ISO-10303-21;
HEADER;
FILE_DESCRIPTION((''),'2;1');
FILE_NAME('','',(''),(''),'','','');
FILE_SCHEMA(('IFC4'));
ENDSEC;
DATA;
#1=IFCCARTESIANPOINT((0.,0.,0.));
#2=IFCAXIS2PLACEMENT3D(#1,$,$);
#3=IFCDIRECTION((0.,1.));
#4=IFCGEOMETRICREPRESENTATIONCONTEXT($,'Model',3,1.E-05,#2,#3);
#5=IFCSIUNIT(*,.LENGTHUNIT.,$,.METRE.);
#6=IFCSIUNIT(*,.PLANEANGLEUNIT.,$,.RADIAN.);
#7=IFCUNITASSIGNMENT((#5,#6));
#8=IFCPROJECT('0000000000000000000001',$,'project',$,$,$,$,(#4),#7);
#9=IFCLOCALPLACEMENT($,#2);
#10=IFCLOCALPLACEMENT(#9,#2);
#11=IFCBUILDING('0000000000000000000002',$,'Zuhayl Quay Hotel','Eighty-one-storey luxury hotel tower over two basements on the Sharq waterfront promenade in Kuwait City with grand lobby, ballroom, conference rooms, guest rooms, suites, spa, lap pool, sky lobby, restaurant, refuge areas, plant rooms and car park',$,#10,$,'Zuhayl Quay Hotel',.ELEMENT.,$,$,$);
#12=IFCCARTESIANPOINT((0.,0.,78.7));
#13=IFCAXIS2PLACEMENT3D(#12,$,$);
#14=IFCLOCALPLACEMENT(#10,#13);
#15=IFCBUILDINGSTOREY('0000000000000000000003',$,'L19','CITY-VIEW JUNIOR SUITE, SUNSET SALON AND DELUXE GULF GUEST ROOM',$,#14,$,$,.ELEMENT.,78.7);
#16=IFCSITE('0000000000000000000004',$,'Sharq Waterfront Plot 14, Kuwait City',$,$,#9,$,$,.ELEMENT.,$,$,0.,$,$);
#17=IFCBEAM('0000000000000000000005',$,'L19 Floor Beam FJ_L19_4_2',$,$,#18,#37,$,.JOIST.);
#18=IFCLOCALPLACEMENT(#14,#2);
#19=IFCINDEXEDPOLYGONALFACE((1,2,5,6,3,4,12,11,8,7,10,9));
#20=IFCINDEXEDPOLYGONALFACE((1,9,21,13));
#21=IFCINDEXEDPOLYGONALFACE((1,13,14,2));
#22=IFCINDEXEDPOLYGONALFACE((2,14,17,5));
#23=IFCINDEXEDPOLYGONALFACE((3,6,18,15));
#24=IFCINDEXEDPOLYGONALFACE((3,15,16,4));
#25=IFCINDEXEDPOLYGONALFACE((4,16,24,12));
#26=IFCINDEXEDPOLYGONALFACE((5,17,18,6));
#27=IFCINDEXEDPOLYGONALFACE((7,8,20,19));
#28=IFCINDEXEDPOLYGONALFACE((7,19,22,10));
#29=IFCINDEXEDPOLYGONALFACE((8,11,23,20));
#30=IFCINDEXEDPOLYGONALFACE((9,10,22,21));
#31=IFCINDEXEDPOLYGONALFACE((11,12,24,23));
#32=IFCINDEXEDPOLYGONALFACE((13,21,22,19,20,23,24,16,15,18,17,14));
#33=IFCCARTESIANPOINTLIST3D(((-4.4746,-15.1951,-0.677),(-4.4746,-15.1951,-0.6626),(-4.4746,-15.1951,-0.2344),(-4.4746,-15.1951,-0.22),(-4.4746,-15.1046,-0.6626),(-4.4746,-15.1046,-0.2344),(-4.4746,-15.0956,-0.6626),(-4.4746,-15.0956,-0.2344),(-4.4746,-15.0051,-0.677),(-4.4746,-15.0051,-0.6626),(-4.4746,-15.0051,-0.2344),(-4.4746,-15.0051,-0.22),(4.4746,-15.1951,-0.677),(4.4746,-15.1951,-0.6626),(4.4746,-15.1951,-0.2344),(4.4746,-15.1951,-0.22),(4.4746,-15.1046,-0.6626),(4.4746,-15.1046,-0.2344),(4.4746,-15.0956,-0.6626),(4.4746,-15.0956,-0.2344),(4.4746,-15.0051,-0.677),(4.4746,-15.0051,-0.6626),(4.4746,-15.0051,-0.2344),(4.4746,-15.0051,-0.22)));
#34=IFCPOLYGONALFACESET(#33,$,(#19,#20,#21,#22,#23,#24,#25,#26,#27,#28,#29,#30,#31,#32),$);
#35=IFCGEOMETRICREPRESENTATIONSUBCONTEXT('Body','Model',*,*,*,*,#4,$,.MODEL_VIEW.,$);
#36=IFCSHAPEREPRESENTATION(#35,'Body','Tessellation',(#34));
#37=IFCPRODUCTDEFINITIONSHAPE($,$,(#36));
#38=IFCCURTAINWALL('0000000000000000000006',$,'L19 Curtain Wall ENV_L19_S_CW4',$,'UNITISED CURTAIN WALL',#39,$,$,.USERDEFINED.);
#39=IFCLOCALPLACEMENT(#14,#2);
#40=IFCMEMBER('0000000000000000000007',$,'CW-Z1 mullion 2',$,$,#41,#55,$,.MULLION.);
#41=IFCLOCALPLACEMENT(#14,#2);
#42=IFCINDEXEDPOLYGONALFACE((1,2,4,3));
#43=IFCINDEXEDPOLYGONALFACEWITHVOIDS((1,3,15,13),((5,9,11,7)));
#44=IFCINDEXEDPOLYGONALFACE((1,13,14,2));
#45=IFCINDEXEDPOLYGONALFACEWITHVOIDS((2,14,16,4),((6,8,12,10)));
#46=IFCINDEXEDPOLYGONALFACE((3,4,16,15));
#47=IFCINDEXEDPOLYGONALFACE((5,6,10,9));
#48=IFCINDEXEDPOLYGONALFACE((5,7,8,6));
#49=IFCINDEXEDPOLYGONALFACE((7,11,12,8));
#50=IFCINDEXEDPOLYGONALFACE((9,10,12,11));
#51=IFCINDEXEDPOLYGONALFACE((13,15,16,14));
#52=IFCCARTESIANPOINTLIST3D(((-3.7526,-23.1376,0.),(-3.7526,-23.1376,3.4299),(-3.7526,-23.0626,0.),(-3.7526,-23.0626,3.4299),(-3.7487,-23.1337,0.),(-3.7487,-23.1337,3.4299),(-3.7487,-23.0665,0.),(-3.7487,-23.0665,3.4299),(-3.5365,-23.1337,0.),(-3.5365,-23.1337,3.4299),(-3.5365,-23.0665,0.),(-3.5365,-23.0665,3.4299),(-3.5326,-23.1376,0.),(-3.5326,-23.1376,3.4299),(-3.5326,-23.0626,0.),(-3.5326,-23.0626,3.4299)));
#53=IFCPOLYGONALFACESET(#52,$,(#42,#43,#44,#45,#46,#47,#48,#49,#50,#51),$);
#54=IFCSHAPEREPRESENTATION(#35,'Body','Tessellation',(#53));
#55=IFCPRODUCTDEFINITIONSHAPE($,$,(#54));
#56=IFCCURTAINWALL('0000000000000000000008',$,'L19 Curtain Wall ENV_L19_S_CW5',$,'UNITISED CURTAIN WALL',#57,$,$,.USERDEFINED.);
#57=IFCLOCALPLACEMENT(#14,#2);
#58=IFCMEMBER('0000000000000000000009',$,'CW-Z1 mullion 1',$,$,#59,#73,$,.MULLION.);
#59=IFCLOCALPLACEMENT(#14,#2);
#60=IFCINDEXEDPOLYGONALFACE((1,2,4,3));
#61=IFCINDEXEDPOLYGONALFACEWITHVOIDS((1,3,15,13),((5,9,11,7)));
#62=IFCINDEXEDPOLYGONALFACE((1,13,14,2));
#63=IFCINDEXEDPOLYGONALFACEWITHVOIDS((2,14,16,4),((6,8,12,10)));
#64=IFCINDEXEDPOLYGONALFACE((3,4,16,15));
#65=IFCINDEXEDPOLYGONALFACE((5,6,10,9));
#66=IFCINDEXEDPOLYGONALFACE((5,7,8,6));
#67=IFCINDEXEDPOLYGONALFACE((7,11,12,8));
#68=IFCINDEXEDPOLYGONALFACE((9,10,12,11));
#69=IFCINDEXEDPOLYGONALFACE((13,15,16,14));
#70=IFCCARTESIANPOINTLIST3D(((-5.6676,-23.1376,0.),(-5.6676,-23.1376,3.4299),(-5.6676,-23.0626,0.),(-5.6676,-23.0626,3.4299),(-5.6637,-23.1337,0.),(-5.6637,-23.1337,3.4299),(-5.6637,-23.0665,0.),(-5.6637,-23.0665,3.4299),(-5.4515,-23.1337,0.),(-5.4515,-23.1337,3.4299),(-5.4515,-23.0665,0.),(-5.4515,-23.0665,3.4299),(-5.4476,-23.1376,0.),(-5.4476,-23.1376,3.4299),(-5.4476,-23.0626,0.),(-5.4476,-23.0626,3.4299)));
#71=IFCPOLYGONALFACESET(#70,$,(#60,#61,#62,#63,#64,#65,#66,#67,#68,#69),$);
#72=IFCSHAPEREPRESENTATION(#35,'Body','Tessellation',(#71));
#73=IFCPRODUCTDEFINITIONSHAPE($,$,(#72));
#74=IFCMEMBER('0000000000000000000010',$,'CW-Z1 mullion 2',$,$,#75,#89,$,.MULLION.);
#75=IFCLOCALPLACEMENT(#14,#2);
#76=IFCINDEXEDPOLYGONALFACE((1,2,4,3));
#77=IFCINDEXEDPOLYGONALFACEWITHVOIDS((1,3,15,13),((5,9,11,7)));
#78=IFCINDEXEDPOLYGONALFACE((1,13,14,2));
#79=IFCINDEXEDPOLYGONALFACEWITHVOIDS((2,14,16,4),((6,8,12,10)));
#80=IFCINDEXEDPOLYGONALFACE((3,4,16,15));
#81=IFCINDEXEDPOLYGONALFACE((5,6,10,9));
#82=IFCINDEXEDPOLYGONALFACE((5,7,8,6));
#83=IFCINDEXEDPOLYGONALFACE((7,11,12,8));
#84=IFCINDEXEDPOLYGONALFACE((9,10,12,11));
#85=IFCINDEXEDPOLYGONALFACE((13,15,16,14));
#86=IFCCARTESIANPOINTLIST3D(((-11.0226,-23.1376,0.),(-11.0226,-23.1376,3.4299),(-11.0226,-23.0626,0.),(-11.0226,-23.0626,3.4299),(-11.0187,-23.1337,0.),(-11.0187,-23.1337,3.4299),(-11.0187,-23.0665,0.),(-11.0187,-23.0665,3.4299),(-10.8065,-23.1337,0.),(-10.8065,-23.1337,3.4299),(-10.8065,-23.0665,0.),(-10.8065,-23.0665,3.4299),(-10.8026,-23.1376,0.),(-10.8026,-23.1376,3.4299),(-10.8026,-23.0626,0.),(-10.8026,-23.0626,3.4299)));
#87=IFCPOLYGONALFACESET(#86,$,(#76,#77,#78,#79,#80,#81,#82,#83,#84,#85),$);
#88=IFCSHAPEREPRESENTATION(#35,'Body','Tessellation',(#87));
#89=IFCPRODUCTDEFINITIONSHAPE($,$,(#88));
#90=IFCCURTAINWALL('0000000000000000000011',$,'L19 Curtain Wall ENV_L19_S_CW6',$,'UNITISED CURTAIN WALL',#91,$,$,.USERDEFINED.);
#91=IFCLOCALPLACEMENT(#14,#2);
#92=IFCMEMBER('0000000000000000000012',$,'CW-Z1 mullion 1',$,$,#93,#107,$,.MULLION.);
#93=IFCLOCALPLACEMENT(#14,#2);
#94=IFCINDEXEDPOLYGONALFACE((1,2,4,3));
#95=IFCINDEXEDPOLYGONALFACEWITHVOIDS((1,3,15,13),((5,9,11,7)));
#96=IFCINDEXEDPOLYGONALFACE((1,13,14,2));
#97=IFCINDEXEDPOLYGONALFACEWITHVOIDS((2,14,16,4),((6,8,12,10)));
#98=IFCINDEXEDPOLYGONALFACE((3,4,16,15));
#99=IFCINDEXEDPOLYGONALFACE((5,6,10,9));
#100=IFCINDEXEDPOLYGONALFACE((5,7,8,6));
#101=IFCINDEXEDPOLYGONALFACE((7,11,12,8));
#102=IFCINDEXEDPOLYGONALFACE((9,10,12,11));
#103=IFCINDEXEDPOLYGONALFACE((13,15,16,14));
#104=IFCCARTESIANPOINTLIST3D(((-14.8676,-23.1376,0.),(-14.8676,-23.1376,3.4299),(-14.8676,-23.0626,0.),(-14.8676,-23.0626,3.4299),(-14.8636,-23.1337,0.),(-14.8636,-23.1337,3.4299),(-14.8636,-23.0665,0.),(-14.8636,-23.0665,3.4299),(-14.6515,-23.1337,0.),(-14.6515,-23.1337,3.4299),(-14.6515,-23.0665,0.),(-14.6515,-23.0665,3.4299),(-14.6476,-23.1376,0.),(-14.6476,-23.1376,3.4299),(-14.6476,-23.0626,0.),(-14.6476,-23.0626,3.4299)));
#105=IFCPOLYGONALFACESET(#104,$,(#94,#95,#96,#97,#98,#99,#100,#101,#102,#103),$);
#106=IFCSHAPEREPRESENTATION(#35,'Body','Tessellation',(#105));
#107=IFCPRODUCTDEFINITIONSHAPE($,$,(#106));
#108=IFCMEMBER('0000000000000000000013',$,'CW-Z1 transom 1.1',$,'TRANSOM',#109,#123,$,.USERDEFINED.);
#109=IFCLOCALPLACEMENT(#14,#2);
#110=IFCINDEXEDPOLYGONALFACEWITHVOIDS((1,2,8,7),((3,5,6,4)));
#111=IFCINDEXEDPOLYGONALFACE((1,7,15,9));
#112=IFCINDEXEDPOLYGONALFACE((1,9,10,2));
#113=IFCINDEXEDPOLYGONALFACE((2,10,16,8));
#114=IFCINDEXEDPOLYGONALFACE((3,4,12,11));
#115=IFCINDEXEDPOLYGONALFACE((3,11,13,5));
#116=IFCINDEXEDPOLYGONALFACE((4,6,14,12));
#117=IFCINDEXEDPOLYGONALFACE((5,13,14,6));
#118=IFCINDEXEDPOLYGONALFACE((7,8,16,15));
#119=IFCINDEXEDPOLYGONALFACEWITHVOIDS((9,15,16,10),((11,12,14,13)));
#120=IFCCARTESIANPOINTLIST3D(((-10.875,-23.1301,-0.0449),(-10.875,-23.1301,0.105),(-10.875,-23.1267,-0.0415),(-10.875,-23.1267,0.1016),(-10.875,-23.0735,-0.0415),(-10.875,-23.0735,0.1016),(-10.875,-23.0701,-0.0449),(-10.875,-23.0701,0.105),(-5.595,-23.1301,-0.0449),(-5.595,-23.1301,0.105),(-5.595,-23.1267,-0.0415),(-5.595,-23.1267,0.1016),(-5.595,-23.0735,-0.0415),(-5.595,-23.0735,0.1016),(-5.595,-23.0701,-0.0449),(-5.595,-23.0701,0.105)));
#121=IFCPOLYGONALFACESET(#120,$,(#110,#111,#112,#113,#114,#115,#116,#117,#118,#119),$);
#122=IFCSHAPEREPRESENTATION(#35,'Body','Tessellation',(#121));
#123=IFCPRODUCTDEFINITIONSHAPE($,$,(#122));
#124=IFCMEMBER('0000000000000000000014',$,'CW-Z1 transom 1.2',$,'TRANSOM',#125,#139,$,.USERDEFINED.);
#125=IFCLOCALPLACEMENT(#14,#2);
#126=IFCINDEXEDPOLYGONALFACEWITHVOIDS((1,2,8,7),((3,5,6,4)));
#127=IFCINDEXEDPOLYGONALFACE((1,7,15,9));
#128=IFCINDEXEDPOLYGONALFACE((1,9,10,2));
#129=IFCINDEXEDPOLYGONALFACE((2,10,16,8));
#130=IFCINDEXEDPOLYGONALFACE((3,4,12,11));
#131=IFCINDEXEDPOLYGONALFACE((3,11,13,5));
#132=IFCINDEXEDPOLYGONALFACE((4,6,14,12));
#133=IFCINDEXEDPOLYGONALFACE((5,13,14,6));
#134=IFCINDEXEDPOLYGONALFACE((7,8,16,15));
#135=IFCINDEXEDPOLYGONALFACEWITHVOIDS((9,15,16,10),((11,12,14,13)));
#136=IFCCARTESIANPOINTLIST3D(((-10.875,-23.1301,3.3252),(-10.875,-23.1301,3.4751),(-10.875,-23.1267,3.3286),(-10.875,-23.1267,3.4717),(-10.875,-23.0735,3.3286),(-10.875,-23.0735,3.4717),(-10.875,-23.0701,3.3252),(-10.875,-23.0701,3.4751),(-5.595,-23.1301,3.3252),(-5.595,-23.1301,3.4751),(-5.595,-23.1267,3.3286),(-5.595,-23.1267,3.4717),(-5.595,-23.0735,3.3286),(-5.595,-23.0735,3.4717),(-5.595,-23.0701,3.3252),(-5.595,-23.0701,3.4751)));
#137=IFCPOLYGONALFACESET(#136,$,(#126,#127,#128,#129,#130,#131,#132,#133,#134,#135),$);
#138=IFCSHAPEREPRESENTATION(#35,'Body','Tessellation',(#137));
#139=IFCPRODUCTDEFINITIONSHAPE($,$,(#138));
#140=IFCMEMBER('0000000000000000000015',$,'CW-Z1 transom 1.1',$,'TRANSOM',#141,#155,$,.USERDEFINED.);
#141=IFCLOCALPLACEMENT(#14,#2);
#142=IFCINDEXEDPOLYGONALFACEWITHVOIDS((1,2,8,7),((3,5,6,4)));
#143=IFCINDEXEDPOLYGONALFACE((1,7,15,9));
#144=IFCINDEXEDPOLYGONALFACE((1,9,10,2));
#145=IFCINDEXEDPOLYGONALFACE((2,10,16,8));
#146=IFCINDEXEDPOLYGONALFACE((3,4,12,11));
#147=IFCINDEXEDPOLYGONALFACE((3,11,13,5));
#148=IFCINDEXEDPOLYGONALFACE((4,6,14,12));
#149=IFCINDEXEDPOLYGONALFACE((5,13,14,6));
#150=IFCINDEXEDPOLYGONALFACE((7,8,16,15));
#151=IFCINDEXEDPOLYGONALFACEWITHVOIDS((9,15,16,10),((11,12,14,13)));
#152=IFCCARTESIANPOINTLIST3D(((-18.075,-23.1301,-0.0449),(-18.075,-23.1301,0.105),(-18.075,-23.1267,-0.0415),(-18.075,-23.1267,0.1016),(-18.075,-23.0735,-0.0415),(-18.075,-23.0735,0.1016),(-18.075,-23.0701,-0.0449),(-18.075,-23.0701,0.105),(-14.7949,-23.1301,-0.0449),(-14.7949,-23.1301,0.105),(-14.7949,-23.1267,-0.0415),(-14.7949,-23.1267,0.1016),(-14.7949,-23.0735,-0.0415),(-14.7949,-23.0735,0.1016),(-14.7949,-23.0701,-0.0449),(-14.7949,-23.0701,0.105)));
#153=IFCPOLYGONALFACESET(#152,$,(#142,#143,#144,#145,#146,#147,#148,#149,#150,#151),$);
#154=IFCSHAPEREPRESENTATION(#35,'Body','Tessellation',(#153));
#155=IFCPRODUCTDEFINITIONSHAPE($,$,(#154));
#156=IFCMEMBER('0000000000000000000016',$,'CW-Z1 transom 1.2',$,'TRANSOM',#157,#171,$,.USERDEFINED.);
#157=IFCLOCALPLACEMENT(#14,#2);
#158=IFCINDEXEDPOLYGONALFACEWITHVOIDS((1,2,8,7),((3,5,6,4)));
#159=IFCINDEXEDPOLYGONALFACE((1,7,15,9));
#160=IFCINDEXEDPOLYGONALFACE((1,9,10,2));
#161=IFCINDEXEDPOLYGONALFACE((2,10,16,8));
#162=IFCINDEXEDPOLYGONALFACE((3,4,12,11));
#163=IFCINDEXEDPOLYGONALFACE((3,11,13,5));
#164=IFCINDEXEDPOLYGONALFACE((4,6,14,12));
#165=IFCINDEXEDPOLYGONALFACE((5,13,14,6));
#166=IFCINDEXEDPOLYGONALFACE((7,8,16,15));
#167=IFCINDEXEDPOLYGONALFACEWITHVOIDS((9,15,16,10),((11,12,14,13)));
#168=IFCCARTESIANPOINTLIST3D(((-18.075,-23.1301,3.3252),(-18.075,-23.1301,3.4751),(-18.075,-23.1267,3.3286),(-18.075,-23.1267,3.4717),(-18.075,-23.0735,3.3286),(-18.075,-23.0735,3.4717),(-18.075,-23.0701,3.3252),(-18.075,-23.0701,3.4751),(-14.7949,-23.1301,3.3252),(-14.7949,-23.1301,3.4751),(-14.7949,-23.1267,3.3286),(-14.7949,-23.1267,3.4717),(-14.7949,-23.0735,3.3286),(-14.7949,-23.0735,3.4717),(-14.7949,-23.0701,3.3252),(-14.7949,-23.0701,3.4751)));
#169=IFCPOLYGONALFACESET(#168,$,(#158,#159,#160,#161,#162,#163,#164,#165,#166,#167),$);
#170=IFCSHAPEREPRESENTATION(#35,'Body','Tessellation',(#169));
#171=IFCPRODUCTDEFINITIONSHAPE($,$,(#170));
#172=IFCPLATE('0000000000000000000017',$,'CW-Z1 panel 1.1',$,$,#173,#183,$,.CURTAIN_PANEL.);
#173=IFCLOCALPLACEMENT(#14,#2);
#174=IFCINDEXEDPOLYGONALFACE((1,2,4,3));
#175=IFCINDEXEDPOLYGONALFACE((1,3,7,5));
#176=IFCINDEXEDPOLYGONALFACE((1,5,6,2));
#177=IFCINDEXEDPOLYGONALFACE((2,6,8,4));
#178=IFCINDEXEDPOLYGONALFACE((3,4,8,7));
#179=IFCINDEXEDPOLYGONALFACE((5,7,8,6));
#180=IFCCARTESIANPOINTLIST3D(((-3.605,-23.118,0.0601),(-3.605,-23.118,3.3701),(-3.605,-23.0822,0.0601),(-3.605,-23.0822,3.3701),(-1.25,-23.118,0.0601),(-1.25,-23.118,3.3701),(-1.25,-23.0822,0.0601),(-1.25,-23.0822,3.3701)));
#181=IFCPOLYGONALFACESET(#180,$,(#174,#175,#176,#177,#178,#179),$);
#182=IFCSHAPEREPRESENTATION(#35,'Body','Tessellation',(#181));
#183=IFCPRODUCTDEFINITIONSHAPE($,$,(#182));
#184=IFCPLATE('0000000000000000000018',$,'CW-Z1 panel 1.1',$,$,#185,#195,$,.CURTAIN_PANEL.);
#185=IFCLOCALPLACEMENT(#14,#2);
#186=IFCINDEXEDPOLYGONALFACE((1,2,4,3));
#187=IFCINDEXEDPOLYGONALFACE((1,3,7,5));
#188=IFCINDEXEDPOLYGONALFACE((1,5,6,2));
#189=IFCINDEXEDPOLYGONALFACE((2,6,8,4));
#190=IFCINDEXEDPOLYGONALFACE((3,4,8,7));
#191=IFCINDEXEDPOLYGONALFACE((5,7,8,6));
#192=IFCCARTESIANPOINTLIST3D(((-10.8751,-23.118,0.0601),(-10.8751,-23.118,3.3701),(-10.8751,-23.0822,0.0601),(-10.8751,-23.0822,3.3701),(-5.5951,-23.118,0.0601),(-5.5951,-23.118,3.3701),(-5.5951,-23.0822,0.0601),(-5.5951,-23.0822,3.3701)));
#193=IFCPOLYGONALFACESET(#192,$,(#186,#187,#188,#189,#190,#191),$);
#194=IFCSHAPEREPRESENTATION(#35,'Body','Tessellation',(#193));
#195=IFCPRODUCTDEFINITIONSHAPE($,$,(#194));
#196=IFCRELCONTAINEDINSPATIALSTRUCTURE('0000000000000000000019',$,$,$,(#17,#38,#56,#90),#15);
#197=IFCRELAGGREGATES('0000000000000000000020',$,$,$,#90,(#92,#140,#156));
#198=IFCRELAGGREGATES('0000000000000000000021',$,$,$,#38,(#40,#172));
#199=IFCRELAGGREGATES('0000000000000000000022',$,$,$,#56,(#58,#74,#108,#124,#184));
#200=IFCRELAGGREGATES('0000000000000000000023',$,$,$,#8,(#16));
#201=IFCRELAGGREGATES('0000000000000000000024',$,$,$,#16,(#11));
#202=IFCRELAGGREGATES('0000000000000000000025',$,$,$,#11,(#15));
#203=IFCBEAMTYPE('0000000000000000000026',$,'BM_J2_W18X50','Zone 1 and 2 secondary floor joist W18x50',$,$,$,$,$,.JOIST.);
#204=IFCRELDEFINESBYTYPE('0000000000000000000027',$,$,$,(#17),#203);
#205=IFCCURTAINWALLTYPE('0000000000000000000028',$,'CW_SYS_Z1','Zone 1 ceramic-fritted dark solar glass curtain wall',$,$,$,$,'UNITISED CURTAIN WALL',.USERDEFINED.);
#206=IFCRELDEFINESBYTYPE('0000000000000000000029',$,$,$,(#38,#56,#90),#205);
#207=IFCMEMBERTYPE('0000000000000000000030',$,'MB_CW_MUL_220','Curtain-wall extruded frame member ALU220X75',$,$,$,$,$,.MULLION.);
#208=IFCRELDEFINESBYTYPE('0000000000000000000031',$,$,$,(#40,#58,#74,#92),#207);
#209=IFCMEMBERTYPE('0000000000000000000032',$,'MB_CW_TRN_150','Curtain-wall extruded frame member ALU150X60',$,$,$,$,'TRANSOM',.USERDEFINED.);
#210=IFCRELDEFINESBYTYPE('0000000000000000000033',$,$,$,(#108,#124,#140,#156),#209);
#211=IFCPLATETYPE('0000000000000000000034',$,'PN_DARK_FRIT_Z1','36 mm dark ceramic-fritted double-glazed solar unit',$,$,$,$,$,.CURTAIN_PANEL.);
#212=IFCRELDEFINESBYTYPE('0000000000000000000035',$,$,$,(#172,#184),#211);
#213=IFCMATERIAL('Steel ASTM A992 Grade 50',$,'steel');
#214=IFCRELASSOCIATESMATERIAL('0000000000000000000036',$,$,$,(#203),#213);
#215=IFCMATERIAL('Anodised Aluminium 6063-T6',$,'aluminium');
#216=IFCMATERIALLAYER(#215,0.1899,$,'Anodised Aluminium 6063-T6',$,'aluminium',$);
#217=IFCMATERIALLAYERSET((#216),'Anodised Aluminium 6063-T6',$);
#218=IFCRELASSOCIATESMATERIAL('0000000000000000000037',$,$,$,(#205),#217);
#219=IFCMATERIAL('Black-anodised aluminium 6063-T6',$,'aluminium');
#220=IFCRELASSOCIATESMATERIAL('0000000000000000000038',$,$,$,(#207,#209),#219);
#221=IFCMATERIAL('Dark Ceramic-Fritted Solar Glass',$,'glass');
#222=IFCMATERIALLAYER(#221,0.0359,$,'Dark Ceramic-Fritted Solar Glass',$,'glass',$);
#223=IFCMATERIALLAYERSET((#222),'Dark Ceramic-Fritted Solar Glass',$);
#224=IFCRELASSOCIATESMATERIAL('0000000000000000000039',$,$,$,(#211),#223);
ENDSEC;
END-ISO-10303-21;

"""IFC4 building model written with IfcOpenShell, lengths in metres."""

from ifc_helpers import new_model, si_unit, direction, frame, origin, origin_2d, place, context, subcontext, project, spatial, rectangle, hollow_rectangle, i_section, extrude, material, layer, layer_set, material_profile, profile_set, type_object, element, aggregate, save


model = new_model("IFC4")

# Units and contexts
model_context = context("Model", 3, precision=1e-05, world=origin(), true_north=direction((0.0, 1.0)))
body_context = subcontext(model_context, "Body", "Model", "MODEL_VIEW")
ifc_project = project(units=[si_unit("LENGTHUNIT", "METRE"), si_unit("PLANEANGLEUNIT", "RADIAN")], contexts=[model_context])

# Site, building, storey
site_placement = place(None, origin())
site = spatial("IfcSite", under=ifc_project, at=site_placement, Name="Sharq Waterfront Plot 14, Kuwait City", CompositionType="ELEMENT", RefElevation=0.0)
building_placement = place(site_placement, origin())
building = spatial("IfcBuilding", under=site, at=building_placement, Name="Zuhayl Quay Hotel", Description="Eighty-one-storey luxury hotel tower over two basements on the Sharq waterfront promenade in Kuwait City with grand lobby, ballroom, conference rooms, guest rooms, suites, spa, lap pool, sky lobby, restaurant, refuge areas, plant rooms and car park", LongName="Zuhayl Quay Hotel", CompositionType="ELEMENT")
storey_placement = place(building_placement, frame((0.0, 0.0, 78.7)))
storey = spatial("IfcBuildingStorey", under=building, at=storey_placement, Name="L19", Description="CITY-VIEW JUNIOR SUITE, SUNSET SALON AND DELUXE GULF GUEST ROOM", CompositionType="ELEMENT", Elevation=78.7)

# Beam
ifc_material_1 = material(Name="Steel ASTM A992 Grade 50", Category="steel")
ifc_material_profile_1 = material_profile(ifc_material_1, i_section(OverallWidth=0.1899, OverallDepth=0.457, WebThickness=0.009, FlangeThickness=0.0144, at=origin_2d()), Name="W18X50")
ifc_profile_set_1 = profile_set([ifc_material_profile_1], Name="Steel ASTM A992 Grade 50")
beam_type_1 = type_object("IfcBeamType", Name="BM_J2_W18X50", Description="Zone 1 and 2 secondary floor joist W18x50", PredefinedType="JOIST", material=ifc_profile_set_1)
beam_1_placement = place(storey_placement, frame((-4.4746, -15.1001, -0.4485), z_axis=(1.0, 0.0, 0.0), x_axis=(0.0, 1.0, 0.0)))
element("IfcBeam", 1, at=beam_1_placement, inside=storey, type_object=beam_type_1, Name="L19 Floor Beam FJ_L19_4_2", PredefinedType="JOIST", context=body_context, shape_type="SweptSolid", body=[
    extrude(i_section(OverallWidth=0.1899, OverallDepth=0.457, WebThickness=0.009, FlangeThickness=0.0144, at=origin_2d()), origin(), (0.0, 0.0, 1.0), 8.9492),
])

# Curtain wall, member
ifc_material_2 = material(Name="Anodised Aluminium 6063-T6", Category="aluminium")
ifc_layer_1 = layer(ifc_material_2, 0.1899, Name="Anodised Aluminium 6063-T6", Category="aluminium")
ifc_layer_set_1 = layer_set([ifc_layer_1], Name="Anodised Aluminium 6063-T6")
curtain_wall_type = type_object("IfcCurtainWallType", Name="CW_SYS_Z1", Description="Zone 1 ceramic-fritted dark solar glass curtain wall", ElementType="UNITISED CURTAIN WALL", PredefinedType="USERDEFINED", material=ifc_layer_set_1)
curtain_wall_1_placement = place(storey_placement, origin())
curtain_wall_1 = element("IfcCurtainWall", 2, at=curtain_wall_1_placement, inside=storey, type_object=curtain_wall_type, Name="L19 Curtain Wall ENV_L19_S_CW4", ObjectType="UNITISED CURTAIN WALL", PredefinedType="USERDEFINED")
ifc_material_3 = material(Name="Black-anodised aluminium 6063-T6", Category="aluminium")
ifc_material_profile_2 = material_profile(ifc_material_3, hollow_rectangle(XDim=0.075, YDim=0.22, WallThickness=0.0039, at=origin_2d()), Name="ALU220X75")
ifc_profile_set_2 = profile_set([ifc_material_profile_2], Name="Black-anodised aluminium 6063-T6")
member_type_1 = type_object("IfcMemberType", Name="MB_CW_MUL_220", Description="Curtain-wall extruded frame member ALU220X75", PredefinedType="MULLION", material=ifc_profile_set_2)
member_1_placement = place(storey_placement, frame((-3.6426, -23.1001, 0.0), z_axis=(0.0, 0.0, 1.0), x_axis=(0.0, -1.0, 0.0)))
member_1 = element("IfcMember", 3, at=member_1_placement, type_object=member_type_1, Name="CW-Z1 mullion 2", PredefinedType="MULLION", context=body_context, shape_type="SweptSolid", body=[
    extrude(hollow_rectangle(XDim=0.075, YDim=0.22, WallThickness=0.0039, at=origin_2d()), origin(), (0.0, 0.0, 1.0), 3.4299),
])

# Curtain wall, members
curtain_wall_2_placement = place(storey_placement, origin())
curtain_wall_2 = element("IfcCurtainWall", 4, at=curtain_wall_2_placement, inside=storey, type_object=curtain_wall_type, Name="L19 Curtain Wall ENV_L19_S_CW5", ObjectType="UNITISED CURTAIN WALL", PredefinedType="USERDEFINED")
member_2_placement = place(storey_placement, frame((-5.5576, -23.1001, 0.0), z_axis=(0.0, 0.0, 1.0), x_axis=(0.0, -1.0, 0.0)))
member_2 = element("IfcMember", 5, at=member_2_placement, type_object=member_type_1, Name="CW-Z1 mullion 1", PredefinedType="MULLION", context=body_context, shape_type="SweptSolid", body=[
    extrude(hollow_rectangle(XDim=0.075, YDim=0.22, WallThickness=0.0039, at=origin_2d()), origin(), (0.0, 0.0, 1.0), 3.4299),
])
member_3_placement = place(storey_placement, frame((-10.9126, -23.1001, 0.0), z_axis=(0.0, 0.0, 1.0), x_axis=(0.0, -1.0, 0.0)))
member_3 = element("IfcMember", 6, at=member_3_placement, type_object=member_type_1, Name="CW-Z1 mullion 2", PredefinedType="MULLION", context=body_context, shape_type="SweptSolid", body=[
    extrude(hollow_rectangle(XDim=0.075, YDim=0.22, WallThickness=0.0039, at=origin_2d()), origin(), (0.0, 0.0, 1.0), 3.4299),
])

# Curtain wall, member
curtain_wall_3_placement = place(storey_placement, origin())
curtain_wall_3 = element("IfcCurtainWall", 7, at=curtain_wall_3_placement, inside=storey, type_object=curtain_wall_type, Name="L19 Curtain Wall ENV_L19_S_CW6", ObjectType="UNITISED CURTAIN WALL", PredefinedType="USERDEFINED")
member_4_placement = place(storey_placement, frame((-14.7576, -23.1001, 0.0), z_axis=(0.0, 0.0, 1.0), x_axis=(0.0, -1.0, 0.0)))
member_4 = element("IfcMember", 8, at=member_4_placement, type_object=member_type_1, Name="CW-Z1 mullion 1", PredefinedType="MULLION", context=body_context, shape_type="SweptSolid", body=[
    extrude(hollow_rectangle(XDim=0.075, YDim=0.22, WallThickness=0.0039, at=origin_2d()), origin(), (0.0, 0.0, 1.0), 3.4299),
])

# Members
ifc_material_profile_3 = material_profile(ifc_material_3, hollow_rectangle(XDim=0.0601, YDim=0.1499, WallThickness=0.0034, at=origin_2d()), Name="ALU150X60")
ifc_profile_set_3 = profile_set([ifc_material_profile_3], Name="Black-anodised aluminium 6063-T6")
member_type_2 = type_object("IfcMemberType", Name="MB_CW_TRN_150", Description="Curtain-wall extruded frame member ALU150X60", ElementType="TRANSOM", PredefinedType="USERDEFINED", material=ifc_profile_set_3)
member_5_placement = place(storey_placement, frame((-5.595, -23.1001, 0.03), z_axis=(-1.0, 0.0, 0.0), x_axis=(0.0, -1.0, 0.0)))
member_5 = element("IfcMember", 9, at=member_5_placement, type_object=member_type_2, Name="CW-Z1 transom 1.1", ObjectType="TRANSOM", PredefinedType="USERDEFINED", context=body_context, shape_type="SweptSolid", body=[
    extrude(hollow_rectangle(XDim=0.0601, YDim=0.1499, WallThickness=0.0034, at=origin_2d()), origin(), (0.0, 0.0, 1.0), 5.28),
])
member_6_placement = place(storey_placement, frame((-5.595, -23.1001, 3.4001), z_axis=(-1.0, 0.0, 0.0), x_axis=(0.0, -1.0, 0.0)))
member_6 = element("IfcMember", 10, at=member_6_placement, type_object=member_type_2, Name="CW-Z1 transom 1.2", ObjectType="TRANSOM", PredefinedType="USERDEFINED", context=body_context, shape_type="SweptSolid", body=[
    extrude(hollow_rectangle(XDim=0.0601, YDim=0.1499, WallThickness=0.0034, at=origin_2d()), origin(), (0.0, 0.0, 1.0), 5.28),
])
member_7_placement = place(storey_placement, frame((-14.7949, -23.1001, 0.03), z_axis=(-1.0, 0.0, 0.0), x_axis=(0.0, -1.0, 0.0)))
member_7 = element("IfcMember", 11, at=member_7_placement, type_object=member_type_2, Name="CW-Z1 transom 1.1", ObjectType="TRANSOM", PredefinedType="USERDEFINED", context=body_context, shape_type="SweptSolid", body=[
    extrude(hollow_rectangle(XDim=0.0601, YDim=0.1499, WallThickness=0.0034, at=origin_2d()), origin(), (0.0, 0.0, 1.0), 3.28),
])
member_8_placement = place(storey_placement, frame((-14.7949, -23.1001, 3.4001), z_axis=(-1.0, 0.0, 0.0), x_axis=(0.0, -1.0, 0.0)))
member_8 = element("IfcMember", 12, at=member_8_placement, type_object=member_type_2, Name="CW-Z1 transom 1.2", ObjectType="TRANSOM", PredefinedType="USERDEFINED", context=body_context, shape_type="SweptSolid", body=[
    extrude(hollow_rectangle(XDim=0.0601, YDim=0.1499, WallThickness=0.0034, at=origin_2d()), origin(), (0.0, 0.0, 1.0), 3.28),
])
aggregate(curtain_wall_3, [member_4, member_7, member_8])

# Plates
ifc_material_4 = material(Name="Dark Ceramic-Fritted Solar Glass", Category="glass")
ifc_layer_2 = layer(ifc_material_4, 0.0359, Name="Dark Ceramic-Fritted Solar Glass", Category="glass")
ifc_layer_set_2 = layer_set([ifc_layer_2], Name="Dark Ceramic-Fritted Solar Glass")
plate_type = type_object("IfcPlateType", Name="PN_DARK_FRIT_Z1", Description="36 mm dark ceramic-fritted double-glazed solar unit", PredefinedType="CURTAIN_PANEL", material=ifc_layer_set_2)
plate_1_placement = place(storey_placement, frame((-2.4275, -23.1001, 0.0601), z_axis=(0.0, 0.0, 1.0), x_axis=(-1.0, 0.0, 0.0)))
plate_1 = element("IfcPlate", 13, at=plate_1_placement, type_object=plate_type, Name="CW-Z1 panel 1.1", PredefinedType="CURTAIN_PANEL", context=body_context, shape_type="SweptSolid", body=[
    extrude(rectangle(XDim=2.355, YDim=0.0359, at=origin_2d()), origin(), (0.0, 0.0, 1.0), 3.3101),
])
aggregate(curtain_wall_1, [member_1, plate_1])
plate_2_placement = place(storey_placement, frame((-8.2351, -23.1001, 0.0601), z_axis=(0.0, 0.0, 1.0), x_axis=(-1.0, 0.0, 0.0)))
plate_2 = element("IfcPlate", 14, at=plate_2_placement, type_object=plate_type, Name="CW-Z1 panel 1.1", PredefinedType="CURTAIN_PANEL", context=body_context, shape_type="SweptSolid", body=[
    extrude(rectangle(XDim=5.28, YDim=0.0359, at=origin_2d()), origin(), (0.0, 0.0, 1.0), 3.3101),
])
aggregate(curtain_wall_2, [member_2, member_3, member_5, member_6, plate_2])

save(model, "model.ifc")
